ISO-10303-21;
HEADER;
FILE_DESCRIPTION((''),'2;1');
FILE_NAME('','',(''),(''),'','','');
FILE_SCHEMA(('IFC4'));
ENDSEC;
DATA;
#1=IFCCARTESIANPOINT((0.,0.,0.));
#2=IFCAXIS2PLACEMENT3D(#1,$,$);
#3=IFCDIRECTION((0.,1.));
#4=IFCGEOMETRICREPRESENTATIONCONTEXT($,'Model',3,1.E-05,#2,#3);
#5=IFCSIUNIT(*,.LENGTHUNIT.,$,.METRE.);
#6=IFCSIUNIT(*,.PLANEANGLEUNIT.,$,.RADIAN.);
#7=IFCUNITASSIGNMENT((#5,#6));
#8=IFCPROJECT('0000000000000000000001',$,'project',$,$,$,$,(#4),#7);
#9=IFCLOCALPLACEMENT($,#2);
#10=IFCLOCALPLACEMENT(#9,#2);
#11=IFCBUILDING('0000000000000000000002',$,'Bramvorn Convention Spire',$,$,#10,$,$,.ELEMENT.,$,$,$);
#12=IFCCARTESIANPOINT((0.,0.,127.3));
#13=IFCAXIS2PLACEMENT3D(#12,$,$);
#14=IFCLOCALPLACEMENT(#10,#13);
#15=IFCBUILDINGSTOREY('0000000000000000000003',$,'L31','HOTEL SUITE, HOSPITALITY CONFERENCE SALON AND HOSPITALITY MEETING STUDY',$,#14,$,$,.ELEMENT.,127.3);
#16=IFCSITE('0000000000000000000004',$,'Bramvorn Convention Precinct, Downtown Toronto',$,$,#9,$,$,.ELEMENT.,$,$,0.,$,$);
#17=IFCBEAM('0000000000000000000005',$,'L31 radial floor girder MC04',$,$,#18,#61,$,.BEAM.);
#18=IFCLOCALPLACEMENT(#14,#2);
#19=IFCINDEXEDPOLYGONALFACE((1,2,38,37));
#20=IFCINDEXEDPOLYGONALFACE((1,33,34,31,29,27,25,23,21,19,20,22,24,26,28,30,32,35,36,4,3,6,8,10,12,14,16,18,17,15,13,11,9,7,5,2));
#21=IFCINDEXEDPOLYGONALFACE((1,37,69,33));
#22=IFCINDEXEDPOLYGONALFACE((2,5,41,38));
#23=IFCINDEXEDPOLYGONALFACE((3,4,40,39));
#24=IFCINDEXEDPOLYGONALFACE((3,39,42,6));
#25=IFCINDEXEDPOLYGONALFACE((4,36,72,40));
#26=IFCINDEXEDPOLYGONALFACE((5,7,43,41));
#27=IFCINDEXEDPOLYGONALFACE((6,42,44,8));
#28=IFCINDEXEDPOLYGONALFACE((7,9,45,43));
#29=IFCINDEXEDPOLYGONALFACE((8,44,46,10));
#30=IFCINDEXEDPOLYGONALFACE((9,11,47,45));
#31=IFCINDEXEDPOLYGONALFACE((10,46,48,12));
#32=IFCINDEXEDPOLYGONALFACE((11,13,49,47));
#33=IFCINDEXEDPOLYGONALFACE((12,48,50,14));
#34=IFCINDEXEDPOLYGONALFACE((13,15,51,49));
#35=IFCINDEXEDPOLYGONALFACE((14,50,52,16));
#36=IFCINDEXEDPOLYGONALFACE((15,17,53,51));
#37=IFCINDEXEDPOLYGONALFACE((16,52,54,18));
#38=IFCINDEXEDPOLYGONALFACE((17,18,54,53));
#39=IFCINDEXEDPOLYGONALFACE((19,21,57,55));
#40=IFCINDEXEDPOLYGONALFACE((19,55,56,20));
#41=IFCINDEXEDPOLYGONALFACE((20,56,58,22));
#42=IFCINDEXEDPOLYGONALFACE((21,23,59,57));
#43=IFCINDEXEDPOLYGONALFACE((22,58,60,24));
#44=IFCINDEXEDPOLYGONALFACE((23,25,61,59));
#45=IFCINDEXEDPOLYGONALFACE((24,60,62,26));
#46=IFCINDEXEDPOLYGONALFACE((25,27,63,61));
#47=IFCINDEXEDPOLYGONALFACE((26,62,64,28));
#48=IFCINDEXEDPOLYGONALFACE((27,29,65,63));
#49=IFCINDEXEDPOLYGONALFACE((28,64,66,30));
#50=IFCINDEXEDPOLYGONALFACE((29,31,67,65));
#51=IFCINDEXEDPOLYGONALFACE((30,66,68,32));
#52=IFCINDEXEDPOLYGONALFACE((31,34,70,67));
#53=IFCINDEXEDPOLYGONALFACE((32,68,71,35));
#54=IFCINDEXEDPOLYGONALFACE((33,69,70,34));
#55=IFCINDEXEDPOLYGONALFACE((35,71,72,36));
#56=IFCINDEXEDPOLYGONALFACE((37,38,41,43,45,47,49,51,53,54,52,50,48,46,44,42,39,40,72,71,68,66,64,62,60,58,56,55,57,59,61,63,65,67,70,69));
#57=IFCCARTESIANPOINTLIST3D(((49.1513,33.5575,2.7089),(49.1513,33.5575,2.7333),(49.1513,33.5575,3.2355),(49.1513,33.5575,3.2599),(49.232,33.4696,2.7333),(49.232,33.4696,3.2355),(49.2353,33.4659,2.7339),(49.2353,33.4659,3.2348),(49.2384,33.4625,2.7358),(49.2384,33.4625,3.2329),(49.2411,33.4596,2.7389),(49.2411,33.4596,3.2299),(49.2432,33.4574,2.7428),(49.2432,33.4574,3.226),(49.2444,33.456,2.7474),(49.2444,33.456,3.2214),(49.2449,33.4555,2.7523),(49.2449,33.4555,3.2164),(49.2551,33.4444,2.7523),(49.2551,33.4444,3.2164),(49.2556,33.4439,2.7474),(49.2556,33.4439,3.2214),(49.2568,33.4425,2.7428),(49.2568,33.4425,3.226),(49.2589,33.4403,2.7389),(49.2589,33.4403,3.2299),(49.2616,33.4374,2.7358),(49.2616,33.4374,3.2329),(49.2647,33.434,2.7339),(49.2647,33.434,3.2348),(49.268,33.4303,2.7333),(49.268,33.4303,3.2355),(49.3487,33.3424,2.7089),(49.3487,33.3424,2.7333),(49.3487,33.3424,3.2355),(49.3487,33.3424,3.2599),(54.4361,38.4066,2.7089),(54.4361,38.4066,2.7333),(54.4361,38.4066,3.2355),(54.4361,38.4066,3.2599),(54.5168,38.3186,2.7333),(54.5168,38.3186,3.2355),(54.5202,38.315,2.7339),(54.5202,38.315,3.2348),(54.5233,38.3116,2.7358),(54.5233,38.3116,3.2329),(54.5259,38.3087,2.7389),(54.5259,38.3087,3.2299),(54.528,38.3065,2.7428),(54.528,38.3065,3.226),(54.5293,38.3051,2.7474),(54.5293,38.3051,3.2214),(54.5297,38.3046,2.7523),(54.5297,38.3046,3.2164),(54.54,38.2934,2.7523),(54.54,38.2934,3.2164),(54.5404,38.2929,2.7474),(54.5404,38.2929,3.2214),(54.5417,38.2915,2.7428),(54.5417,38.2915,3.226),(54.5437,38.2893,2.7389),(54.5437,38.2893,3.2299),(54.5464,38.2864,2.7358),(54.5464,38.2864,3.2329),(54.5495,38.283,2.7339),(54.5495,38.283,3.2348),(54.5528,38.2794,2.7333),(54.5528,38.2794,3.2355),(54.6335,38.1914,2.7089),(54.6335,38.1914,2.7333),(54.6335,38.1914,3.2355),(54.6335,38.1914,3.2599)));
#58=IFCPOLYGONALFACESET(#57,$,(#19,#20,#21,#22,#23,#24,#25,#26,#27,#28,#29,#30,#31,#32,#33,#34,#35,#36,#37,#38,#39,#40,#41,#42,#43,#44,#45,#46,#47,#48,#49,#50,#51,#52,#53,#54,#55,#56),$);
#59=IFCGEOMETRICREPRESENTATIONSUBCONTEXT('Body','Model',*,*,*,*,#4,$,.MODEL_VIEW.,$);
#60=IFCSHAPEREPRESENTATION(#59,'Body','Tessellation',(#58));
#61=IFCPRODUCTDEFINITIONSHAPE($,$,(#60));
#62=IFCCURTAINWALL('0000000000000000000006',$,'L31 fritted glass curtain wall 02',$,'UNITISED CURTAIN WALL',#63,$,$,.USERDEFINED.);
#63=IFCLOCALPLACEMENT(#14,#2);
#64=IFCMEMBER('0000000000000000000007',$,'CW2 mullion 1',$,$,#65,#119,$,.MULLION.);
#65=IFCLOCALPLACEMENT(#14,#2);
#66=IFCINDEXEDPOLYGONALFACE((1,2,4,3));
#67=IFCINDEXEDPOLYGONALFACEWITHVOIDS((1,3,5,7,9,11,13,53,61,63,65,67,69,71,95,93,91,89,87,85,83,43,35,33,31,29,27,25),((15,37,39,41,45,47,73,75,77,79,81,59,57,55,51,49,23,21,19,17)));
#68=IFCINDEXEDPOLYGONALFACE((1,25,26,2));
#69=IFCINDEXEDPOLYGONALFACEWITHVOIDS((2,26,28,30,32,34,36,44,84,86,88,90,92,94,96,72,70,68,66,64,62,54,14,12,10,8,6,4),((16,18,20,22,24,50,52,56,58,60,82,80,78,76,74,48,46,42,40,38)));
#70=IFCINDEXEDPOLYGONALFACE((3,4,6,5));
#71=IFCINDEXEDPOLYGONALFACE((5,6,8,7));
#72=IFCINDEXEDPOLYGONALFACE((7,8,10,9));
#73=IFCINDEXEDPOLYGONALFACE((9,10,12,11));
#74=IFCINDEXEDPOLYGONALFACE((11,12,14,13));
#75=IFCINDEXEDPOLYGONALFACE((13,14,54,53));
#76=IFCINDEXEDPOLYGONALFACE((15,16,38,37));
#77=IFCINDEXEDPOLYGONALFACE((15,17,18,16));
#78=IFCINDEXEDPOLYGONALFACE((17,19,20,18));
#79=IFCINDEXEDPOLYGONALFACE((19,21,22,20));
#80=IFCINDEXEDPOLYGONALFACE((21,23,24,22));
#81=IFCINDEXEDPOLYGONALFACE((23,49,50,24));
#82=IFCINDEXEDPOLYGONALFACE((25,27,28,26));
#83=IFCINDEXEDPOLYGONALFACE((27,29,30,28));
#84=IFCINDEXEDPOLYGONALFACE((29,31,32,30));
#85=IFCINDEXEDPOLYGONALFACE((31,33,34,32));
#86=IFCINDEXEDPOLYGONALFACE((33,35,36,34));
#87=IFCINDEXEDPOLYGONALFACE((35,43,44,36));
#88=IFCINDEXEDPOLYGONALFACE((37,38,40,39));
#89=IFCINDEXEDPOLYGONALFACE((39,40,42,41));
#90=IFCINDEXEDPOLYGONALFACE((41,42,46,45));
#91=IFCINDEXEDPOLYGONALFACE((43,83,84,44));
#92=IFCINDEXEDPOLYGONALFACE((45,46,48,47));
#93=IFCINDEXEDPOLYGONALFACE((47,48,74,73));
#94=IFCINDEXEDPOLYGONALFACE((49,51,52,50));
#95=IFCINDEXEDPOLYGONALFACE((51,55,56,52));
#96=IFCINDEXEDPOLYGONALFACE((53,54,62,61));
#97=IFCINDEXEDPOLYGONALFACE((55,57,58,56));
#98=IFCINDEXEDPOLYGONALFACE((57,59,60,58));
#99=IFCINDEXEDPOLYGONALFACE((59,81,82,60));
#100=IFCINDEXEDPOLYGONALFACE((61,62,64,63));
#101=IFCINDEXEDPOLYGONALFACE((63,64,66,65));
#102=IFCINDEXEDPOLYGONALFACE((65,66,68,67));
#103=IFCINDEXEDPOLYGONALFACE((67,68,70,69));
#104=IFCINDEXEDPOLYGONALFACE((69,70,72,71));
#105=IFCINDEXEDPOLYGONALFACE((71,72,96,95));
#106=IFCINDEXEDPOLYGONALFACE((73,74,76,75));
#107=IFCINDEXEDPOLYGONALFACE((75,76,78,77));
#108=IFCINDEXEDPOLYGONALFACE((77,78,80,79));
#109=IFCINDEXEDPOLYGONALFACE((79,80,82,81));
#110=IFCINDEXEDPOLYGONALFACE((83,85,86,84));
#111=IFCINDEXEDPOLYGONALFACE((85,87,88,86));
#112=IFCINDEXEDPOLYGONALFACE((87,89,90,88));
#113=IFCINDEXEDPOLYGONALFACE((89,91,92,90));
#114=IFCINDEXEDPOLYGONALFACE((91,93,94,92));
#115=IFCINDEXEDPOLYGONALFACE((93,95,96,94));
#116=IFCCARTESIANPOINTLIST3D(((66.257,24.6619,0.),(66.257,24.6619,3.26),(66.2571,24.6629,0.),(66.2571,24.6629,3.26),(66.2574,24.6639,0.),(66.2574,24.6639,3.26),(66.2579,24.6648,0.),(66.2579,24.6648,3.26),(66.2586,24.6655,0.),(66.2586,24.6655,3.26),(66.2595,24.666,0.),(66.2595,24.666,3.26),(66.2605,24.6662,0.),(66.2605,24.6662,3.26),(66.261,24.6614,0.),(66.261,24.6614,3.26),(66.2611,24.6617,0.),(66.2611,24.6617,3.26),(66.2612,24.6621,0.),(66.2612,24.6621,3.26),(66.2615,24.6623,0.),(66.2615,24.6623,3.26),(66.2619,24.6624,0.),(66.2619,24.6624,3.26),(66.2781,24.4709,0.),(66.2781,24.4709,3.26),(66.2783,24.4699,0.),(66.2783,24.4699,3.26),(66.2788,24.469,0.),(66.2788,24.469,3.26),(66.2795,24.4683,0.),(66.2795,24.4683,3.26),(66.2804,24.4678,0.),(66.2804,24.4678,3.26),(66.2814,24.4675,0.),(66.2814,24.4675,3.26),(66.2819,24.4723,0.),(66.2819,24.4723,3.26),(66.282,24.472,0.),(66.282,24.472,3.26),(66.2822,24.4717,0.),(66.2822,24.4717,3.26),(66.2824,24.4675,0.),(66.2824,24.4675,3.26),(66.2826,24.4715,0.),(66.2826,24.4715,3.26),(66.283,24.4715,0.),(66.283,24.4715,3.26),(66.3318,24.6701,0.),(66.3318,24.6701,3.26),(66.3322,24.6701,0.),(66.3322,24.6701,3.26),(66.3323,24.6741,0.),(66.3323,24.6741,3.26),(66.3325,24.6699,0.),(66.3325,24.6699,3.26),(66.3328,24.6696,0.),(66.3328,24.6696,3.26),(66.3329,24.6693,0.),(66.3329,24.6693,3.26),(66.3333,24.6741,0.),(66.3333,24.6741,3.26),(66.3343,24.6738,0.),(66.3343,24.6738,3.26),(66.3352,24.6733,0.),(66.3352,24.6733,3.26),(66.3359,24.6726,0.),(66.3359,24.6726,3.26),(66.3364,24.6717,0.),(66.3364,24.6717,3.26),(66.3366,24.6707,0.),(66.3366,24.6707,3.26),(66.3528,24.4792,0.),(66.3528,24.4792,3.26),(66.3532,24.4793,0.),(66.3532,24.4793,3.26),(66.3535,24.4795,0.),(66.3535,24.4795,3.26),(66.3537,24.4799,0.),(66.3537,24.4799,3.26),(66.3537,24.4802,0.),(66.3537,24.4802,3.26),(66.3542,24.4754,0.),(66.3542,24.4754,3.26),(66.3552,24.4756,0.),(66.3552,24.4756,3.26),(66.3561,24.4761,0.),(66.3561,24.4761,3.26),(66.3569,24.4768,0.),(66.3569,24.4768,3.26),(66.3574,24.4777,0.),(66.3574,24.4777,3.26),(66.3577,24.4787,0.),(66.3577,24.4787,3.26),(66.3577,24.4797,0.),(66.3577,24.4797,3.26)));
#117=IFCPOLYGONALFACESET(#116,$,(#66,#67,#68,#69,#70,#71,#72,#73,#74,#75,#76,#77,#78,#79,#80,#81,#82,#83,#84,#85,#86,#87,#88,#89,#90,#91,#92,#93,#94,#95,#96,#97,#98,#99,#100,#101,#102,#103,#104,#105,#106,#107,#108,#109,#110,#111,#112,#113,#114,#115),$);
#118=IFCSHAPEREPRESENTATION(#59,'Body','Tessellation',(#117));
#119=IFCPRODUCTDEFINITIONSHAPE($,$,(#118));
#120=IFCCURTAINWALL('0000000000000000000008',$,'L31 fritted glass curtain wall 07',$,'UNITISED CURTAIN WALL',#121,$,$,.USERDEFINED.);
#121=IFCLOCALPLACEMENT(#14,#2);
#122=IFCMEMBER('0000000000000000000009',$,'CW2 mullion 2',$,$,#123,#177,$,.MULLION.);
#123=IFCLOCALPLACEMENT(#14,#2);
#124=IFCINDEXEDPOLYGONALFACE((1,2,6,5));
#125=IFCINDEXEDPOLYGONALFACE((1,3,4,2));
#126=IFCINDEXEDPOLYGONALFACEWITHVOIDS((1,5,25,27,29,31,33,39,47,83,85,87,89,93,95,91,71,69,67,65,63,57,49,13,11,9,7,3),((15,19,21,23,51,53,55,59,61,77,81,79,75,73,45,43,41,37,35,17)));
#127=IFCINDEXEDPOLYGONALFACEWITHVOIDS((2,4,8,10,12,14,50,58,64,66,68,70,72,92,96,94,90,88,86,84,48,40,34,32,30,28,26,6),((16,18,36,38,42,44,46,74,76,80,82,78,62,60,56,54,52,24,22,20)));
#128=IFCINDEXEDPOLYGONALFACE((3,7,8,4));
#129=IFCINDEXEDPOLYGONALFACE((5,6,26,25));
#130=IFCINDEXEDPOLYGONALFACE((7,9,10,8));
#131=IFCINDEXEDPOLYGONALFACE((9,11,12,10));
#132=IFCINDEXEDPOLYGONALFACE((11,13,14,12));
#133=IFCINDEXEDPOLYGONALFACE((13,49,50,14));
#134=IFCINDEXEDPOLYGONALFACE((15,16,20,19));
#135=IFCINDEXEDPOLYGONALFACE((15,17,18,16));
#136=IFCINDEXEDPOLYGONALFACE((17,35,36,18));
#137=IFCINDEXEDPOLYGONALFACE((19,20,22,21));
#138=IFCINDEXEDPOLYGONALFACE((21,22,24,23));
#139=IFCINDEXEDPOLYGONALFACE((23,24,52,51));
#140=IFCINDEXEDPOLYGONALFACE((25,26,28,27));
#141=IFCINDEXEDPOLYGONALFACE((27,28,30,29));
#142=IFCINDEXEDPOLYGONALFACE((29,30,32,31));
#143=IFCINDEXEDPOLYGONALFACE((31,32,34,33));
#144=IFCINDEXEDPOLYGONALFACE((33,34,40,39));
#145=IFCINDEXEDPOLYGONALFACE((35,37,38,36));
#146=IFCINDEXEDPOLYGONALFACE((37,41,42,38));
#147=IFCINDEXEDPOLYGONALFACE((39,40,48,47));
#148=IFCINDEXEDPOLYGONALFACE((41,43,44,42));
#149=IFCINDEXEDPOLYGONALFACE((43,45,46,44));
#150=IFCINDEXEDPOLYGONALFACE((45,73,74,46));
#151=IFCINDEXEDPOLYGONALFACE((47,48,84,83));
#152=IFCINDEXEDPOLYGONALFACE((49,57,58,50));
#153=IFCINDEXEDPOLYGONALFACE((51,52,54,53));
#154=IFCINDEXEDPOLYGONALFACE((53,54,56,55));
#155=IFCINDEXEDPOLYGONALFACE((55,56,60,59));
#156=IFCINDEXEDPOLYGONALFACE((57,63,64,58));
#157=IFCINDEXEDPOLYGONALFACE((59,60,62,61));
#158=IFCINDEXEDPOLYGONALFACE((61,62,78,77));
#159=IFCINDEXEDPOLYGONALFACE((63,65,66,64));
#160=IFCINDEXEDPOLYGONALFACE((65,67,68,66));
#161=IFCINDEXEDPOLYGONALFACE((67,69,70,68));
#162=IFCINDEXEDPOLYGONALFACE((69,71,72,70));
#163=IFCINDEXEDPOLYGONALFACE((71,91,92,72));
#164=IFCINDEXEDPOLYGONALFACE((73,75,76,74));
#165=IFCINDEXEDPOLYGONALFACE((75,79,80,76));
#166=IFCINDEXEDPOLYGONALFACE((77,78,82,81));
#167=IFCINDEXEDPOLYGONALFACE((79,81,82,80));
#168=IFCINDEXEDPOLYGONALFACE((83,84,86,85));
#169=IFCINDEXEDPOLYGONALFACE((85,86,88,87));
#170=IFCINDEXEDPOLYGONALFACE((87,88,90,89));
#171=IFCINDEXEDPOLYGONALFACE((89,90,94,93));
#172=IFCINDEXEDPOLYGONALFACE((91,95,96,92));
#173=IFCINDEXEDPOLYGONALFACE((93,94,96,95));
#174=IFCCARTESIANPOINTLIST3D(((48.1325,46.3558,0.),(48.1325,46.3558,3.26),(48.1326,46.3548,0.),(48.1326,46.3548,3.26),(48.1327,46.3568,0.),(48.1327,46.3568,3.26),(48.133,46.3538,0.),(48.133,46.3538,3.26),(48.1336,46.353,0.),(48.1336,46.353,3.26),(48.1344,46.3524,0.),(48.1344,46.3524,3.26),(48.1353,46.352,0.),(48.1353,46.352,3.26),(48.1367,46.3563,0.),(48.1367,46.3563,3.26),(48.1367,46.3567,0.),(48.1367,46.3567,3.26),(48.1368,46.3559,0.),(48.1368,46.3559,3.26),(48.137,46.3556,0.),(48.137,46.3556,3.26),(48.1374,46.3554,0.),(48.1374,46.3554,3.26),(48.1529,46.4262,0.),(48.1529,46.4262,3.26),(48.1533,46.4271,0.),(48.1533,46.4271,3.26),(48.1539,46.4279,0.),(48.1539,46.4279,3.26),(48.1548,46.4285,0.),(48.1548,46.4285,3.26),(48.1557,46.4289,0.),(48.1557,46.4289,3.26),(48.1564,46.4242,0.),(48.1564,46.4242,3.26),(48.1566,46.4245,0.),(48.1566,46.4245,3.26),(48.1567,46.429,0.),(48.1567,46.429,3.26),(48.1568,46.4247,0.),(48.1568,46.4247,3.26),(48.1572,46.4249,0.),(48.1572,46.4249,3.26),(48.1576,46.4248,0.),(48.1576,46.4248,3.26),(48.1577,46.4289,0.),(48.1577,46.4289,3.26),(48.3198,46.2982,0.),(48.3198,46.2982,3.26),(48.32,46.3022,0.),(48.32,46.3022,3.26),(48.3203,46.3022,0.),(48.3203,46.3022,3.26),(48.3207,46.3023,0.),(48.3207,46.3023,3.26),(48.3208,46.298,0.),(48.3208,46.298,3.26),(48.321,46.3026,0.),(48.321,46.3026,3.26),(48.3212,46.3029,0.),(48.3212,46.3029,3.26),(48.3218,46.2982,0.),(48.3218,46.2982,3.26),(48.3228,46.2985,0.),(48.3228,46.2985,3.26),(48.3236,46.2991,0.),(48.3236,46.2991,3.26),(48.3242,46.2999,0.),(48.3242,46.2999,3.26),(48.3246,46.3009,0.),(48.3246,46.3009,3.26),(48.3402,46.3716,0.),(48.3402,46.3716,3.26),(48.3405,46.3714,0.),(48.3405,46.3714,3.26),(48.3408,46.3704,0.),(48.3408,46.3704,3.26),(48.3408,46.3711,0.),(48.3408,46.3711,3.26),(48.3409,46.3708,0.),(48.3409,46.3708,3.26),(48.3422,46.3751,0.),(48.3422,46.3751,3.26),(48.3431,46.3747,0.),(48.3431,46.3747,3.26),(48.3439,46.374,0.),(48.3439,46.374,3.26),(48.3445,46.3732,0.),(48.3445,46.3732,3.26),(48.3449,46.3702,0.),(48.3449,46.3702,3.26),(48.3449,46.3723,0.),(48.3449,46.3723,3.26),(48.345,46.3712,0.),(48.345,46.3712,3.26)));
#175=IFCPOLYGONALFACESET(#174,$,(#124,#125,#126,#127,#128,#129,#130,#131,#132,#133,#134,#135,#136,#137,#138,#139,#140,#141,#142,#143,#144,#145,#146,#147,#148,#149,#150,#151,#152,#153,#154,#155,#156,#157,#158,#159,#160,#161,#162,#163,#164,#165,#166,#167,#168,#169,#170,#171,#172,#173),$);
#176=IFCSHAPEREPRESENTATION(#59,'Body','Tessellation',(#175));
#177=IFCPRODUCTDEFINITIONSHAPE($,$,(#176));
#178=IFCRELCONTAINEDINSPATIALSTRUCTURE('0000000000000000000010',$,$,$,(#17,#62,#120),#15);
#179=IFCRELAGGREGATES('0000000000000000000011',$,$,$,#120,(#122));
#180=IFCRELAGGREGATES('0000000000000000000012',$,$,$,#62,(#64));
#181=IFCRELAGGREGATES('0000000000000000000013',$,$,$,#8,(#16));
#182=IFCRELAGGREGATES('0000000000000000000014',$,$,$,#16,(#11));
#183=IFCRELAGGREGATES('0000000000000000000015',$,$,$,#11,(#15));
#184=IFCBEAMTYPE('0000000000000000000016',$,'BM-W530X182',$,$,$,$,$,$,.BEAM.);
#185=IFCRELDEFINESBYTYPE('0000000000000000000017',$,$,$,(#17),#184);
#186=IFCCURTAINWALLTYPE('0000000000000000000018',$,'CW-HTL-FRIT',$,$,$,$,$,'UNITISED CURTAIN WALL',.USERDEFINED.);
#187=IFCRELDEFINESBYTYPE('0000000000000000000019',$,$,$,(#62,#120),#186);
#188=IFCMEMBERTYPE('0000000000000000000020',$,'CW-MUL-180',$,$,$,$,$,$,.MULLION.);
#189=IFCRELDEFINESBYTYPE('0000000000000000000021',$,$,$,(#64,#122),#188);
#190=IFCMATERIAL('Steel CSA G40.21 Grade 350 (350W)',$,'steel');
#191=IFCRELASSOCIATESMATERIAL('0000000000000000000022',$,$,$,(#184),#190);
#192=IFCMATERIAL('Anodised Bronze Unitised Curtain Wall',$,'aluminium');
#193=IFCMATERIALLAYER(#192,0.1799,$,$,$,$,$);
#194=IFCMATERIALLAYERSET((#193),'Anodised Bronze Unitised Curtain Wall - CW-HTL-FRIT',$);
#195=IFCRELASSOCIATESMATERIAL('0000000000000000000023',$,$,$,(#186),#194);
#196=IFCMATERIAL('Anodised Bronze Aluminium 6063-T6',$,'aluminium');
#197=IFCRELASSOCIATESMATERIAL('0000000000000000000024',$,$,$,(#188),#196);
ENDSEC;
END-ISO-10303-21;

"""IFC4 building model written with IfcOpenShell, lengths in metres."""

from ifc_helpers import new_model, si_unit, direction, frame, origin, origin_2d, place, context, subcontext, project, spatial, hollow_rectangle, i_section, extrude, material, layer, layer_set, material_profile, profile_set, type_object, element, aggregate, save


model = new_model("IFC4")

# Units and contexts
model_context = context("Model", 3, precision=1e-05, world=origin(), true_north=direction((0.0, 1.0)))
body_context = subcontext(model_context, "Body", "Model", "MODEL_VIEW")
ifc_project = project(units=[si_unit("LENGTHUNIT", "METRE"), si_unit("PLANEANGLEUNIT", "RADIAN")], contexts=[model_context])

# Site, building, storey
site_placement = place(None, origin())
site = spatial("IfcSite", under=ifc_project, at=site_placement, Name="Bramvorn Convention Precinct, Downtown Toronto", CompositionType="ELEMENT", RefElevation=0.0)
building_placement = place(site_placement, origin())
building = spatial("IfcBuilding", under=site, at=building_placement, Name="Bramvorn Convention Spire", CompositionType="ELEMENT")
storey_placement = place(building_placement, frame((0.0, 0.0, 127.3)))
storey = spatial("IfcBuildingStorey", under=building, at=storey_placement, Name="L31", Description="HOTEL SUITE, HOSPITALITY CONFERENCE SALON AND HOSPITALITY MEETING STUDY", CompositionType="ELEMENT", Elevation=127.3)

# Shared definitions
ifc_material_1 = material(Name="Steel CSA G40.21 Grade 350 (350W)", Category="steel")

# Beam
ifc_material_profile_1 = material_profile(ifc_material_1, i_section(OverallWidth=0.292, OverallDepth=0.551, WebThickness=0.0151, FlangeThickness=0.0244, FilletRadius=0.019, at=origin_2d()))
ifc_profile_set_1 = profile_set([ifc_material_profile_1], Name="Steel CSA G40.21 Grade 350 (350W) - W530X182")
beam_type_1 = type_object("IfcBeamType", Name="BM-W530X182", PredefinedType="BEAM", material=ifc_profile_set_1)
beam_1_placement = place(storey_placement, frame((49.25, 33.45, 2.9844), z_axis=(0.736833, 0.676074, 0.0), x_axis=(-0.676074, 0.736833, 0.0)))
element("IfcBeam", 1, at=beam_1_placement, inside=storey, type_object=beam_type_1, Name="L31 radial floor girder MC04", PredefinedType="BEAM", context=body_context, shape_type="SweptSolid", body=[
    extrude(i_section(OverallWidth=0.292, OverallDepth=0.551, WebThickness=0.0151, FlangeThickness=0.0244, FilletRadius=0.019, at=origin_2d()), origin(), (0.0, 0.0, 1.0), 7.1724),
])

# Curtain walls, members
ifc_material_2 = material(Name="Anodised Bronze Unitised Curtain Wall", Category="aluminium")
ifc_layer_1 = layer(ifc_material_2, 0.1799)
ifc_layer_set_1 = layer_set([ifc_layer_1], Name="Anodised Bronze Unitised Curtain Wall - CW-HTL-FRIT")
curtain_wall_type = type_object("IfcCurtainWallType", Name="CW-HTL-FRIT", ElementType="UNITISED CURTAIN WALL", PredefinedType="USERDEFINED", material=ifc_layer_set_1)
curtain_wall_1_placement = place(storey_placement, origin())
curtain_wall_1 = element("IfcCurtainWall", 2, at=curtain_wall_1_placement, inside=storey, type_object=curtain_wall_type, Name="L31 fritted glass curtain wall 02", ObjectType="UNITISED CURTAIN WALL", PredefinedType="USERDEFINED")
ifc_material_3 = material(Name="Anodised Bronze Aluminium 6063-T6", Category="aluminium")
ifc_material_profile_2 = material_profile(ifc_material_3, hollow_rectangle(XDim=0.0801, YDim=0.2, WallThickness=0.0039, InnerFilletRadius=0.001, OuterFilletRadius=0.0039, at=origin_2d()))
ifc_profile_set_2 = profile_set([ifc_material_profile_2], Name="Anodised Bronze Aluminium 6063-T6 - CWM80X200")
member_type_1 = type_object("IfcMemberType", Name="CW-MUL-180", PredefinedType="MULLION", material=ifc_profile_set_2)
member_1_placement = place(storey_placement, frame((66.3074, 24.5708, 0.0), z_axis=(0.0, 0.0, 1.0), x_axis=(0.993975, 0.109606, 0.0)))
member_1 = element("IfcMember", 3, at=member_1_placement, type_object=member_type_1, Name="CW2 mullion 1", PredefinedType="MULLION", context=body_context, shape_type="SweptSolid", body=[
    extrude(hollow_rectangle(XDim=0.0801, YDim=0.2, WallThickness=0.0039, InnerFilletRadius=0.001, OuterFilletRadius=0.0039, at=origin_2d()), origin(), (0.0, 0.0, 1.0), 3.26),
])
curtain_wall_2_placement = place(storey_placement, origin())
curtain_wall_2 = element("IfcCurtainWall", 4, at=curtain_wall_2_placement, inside=storey, type_object=curtain_wall_type, Name="L31 fritted glass curtain wall 07", ObjectType="UNITISED CURTAIN WALL", PredefinedType="USERDEFINED")
member_2_placement = place(storey_placement, frame((48.2388, 46.3635, 0.0), z_axis=(0.0, 0.0, 1.0), x_axis=(0.279856, 0.960042, 0.0)))
member_2 = element("IfcMember", 5, at=member_2_placement, type_object=member_type_1, Name="CW2 mullion 2", PredefinedType="MULLION", context=body_context, shape_type="SweptSolid", body=[
    extrude(hollow_rectangle(XDim=0.0801, YDim=0.2, WallThickness=0.0039, InnerFilletRadius=0.001, OuterFilletRadius=0.0039, at=origin_2d()), origin(), (0.0, 0.0, 1.0), 3.26),
])
aggregate(curtain_wall_2, [member_2])

aggregate(curtain_wall_1, [member_1])

save(model, "model.ifc")
